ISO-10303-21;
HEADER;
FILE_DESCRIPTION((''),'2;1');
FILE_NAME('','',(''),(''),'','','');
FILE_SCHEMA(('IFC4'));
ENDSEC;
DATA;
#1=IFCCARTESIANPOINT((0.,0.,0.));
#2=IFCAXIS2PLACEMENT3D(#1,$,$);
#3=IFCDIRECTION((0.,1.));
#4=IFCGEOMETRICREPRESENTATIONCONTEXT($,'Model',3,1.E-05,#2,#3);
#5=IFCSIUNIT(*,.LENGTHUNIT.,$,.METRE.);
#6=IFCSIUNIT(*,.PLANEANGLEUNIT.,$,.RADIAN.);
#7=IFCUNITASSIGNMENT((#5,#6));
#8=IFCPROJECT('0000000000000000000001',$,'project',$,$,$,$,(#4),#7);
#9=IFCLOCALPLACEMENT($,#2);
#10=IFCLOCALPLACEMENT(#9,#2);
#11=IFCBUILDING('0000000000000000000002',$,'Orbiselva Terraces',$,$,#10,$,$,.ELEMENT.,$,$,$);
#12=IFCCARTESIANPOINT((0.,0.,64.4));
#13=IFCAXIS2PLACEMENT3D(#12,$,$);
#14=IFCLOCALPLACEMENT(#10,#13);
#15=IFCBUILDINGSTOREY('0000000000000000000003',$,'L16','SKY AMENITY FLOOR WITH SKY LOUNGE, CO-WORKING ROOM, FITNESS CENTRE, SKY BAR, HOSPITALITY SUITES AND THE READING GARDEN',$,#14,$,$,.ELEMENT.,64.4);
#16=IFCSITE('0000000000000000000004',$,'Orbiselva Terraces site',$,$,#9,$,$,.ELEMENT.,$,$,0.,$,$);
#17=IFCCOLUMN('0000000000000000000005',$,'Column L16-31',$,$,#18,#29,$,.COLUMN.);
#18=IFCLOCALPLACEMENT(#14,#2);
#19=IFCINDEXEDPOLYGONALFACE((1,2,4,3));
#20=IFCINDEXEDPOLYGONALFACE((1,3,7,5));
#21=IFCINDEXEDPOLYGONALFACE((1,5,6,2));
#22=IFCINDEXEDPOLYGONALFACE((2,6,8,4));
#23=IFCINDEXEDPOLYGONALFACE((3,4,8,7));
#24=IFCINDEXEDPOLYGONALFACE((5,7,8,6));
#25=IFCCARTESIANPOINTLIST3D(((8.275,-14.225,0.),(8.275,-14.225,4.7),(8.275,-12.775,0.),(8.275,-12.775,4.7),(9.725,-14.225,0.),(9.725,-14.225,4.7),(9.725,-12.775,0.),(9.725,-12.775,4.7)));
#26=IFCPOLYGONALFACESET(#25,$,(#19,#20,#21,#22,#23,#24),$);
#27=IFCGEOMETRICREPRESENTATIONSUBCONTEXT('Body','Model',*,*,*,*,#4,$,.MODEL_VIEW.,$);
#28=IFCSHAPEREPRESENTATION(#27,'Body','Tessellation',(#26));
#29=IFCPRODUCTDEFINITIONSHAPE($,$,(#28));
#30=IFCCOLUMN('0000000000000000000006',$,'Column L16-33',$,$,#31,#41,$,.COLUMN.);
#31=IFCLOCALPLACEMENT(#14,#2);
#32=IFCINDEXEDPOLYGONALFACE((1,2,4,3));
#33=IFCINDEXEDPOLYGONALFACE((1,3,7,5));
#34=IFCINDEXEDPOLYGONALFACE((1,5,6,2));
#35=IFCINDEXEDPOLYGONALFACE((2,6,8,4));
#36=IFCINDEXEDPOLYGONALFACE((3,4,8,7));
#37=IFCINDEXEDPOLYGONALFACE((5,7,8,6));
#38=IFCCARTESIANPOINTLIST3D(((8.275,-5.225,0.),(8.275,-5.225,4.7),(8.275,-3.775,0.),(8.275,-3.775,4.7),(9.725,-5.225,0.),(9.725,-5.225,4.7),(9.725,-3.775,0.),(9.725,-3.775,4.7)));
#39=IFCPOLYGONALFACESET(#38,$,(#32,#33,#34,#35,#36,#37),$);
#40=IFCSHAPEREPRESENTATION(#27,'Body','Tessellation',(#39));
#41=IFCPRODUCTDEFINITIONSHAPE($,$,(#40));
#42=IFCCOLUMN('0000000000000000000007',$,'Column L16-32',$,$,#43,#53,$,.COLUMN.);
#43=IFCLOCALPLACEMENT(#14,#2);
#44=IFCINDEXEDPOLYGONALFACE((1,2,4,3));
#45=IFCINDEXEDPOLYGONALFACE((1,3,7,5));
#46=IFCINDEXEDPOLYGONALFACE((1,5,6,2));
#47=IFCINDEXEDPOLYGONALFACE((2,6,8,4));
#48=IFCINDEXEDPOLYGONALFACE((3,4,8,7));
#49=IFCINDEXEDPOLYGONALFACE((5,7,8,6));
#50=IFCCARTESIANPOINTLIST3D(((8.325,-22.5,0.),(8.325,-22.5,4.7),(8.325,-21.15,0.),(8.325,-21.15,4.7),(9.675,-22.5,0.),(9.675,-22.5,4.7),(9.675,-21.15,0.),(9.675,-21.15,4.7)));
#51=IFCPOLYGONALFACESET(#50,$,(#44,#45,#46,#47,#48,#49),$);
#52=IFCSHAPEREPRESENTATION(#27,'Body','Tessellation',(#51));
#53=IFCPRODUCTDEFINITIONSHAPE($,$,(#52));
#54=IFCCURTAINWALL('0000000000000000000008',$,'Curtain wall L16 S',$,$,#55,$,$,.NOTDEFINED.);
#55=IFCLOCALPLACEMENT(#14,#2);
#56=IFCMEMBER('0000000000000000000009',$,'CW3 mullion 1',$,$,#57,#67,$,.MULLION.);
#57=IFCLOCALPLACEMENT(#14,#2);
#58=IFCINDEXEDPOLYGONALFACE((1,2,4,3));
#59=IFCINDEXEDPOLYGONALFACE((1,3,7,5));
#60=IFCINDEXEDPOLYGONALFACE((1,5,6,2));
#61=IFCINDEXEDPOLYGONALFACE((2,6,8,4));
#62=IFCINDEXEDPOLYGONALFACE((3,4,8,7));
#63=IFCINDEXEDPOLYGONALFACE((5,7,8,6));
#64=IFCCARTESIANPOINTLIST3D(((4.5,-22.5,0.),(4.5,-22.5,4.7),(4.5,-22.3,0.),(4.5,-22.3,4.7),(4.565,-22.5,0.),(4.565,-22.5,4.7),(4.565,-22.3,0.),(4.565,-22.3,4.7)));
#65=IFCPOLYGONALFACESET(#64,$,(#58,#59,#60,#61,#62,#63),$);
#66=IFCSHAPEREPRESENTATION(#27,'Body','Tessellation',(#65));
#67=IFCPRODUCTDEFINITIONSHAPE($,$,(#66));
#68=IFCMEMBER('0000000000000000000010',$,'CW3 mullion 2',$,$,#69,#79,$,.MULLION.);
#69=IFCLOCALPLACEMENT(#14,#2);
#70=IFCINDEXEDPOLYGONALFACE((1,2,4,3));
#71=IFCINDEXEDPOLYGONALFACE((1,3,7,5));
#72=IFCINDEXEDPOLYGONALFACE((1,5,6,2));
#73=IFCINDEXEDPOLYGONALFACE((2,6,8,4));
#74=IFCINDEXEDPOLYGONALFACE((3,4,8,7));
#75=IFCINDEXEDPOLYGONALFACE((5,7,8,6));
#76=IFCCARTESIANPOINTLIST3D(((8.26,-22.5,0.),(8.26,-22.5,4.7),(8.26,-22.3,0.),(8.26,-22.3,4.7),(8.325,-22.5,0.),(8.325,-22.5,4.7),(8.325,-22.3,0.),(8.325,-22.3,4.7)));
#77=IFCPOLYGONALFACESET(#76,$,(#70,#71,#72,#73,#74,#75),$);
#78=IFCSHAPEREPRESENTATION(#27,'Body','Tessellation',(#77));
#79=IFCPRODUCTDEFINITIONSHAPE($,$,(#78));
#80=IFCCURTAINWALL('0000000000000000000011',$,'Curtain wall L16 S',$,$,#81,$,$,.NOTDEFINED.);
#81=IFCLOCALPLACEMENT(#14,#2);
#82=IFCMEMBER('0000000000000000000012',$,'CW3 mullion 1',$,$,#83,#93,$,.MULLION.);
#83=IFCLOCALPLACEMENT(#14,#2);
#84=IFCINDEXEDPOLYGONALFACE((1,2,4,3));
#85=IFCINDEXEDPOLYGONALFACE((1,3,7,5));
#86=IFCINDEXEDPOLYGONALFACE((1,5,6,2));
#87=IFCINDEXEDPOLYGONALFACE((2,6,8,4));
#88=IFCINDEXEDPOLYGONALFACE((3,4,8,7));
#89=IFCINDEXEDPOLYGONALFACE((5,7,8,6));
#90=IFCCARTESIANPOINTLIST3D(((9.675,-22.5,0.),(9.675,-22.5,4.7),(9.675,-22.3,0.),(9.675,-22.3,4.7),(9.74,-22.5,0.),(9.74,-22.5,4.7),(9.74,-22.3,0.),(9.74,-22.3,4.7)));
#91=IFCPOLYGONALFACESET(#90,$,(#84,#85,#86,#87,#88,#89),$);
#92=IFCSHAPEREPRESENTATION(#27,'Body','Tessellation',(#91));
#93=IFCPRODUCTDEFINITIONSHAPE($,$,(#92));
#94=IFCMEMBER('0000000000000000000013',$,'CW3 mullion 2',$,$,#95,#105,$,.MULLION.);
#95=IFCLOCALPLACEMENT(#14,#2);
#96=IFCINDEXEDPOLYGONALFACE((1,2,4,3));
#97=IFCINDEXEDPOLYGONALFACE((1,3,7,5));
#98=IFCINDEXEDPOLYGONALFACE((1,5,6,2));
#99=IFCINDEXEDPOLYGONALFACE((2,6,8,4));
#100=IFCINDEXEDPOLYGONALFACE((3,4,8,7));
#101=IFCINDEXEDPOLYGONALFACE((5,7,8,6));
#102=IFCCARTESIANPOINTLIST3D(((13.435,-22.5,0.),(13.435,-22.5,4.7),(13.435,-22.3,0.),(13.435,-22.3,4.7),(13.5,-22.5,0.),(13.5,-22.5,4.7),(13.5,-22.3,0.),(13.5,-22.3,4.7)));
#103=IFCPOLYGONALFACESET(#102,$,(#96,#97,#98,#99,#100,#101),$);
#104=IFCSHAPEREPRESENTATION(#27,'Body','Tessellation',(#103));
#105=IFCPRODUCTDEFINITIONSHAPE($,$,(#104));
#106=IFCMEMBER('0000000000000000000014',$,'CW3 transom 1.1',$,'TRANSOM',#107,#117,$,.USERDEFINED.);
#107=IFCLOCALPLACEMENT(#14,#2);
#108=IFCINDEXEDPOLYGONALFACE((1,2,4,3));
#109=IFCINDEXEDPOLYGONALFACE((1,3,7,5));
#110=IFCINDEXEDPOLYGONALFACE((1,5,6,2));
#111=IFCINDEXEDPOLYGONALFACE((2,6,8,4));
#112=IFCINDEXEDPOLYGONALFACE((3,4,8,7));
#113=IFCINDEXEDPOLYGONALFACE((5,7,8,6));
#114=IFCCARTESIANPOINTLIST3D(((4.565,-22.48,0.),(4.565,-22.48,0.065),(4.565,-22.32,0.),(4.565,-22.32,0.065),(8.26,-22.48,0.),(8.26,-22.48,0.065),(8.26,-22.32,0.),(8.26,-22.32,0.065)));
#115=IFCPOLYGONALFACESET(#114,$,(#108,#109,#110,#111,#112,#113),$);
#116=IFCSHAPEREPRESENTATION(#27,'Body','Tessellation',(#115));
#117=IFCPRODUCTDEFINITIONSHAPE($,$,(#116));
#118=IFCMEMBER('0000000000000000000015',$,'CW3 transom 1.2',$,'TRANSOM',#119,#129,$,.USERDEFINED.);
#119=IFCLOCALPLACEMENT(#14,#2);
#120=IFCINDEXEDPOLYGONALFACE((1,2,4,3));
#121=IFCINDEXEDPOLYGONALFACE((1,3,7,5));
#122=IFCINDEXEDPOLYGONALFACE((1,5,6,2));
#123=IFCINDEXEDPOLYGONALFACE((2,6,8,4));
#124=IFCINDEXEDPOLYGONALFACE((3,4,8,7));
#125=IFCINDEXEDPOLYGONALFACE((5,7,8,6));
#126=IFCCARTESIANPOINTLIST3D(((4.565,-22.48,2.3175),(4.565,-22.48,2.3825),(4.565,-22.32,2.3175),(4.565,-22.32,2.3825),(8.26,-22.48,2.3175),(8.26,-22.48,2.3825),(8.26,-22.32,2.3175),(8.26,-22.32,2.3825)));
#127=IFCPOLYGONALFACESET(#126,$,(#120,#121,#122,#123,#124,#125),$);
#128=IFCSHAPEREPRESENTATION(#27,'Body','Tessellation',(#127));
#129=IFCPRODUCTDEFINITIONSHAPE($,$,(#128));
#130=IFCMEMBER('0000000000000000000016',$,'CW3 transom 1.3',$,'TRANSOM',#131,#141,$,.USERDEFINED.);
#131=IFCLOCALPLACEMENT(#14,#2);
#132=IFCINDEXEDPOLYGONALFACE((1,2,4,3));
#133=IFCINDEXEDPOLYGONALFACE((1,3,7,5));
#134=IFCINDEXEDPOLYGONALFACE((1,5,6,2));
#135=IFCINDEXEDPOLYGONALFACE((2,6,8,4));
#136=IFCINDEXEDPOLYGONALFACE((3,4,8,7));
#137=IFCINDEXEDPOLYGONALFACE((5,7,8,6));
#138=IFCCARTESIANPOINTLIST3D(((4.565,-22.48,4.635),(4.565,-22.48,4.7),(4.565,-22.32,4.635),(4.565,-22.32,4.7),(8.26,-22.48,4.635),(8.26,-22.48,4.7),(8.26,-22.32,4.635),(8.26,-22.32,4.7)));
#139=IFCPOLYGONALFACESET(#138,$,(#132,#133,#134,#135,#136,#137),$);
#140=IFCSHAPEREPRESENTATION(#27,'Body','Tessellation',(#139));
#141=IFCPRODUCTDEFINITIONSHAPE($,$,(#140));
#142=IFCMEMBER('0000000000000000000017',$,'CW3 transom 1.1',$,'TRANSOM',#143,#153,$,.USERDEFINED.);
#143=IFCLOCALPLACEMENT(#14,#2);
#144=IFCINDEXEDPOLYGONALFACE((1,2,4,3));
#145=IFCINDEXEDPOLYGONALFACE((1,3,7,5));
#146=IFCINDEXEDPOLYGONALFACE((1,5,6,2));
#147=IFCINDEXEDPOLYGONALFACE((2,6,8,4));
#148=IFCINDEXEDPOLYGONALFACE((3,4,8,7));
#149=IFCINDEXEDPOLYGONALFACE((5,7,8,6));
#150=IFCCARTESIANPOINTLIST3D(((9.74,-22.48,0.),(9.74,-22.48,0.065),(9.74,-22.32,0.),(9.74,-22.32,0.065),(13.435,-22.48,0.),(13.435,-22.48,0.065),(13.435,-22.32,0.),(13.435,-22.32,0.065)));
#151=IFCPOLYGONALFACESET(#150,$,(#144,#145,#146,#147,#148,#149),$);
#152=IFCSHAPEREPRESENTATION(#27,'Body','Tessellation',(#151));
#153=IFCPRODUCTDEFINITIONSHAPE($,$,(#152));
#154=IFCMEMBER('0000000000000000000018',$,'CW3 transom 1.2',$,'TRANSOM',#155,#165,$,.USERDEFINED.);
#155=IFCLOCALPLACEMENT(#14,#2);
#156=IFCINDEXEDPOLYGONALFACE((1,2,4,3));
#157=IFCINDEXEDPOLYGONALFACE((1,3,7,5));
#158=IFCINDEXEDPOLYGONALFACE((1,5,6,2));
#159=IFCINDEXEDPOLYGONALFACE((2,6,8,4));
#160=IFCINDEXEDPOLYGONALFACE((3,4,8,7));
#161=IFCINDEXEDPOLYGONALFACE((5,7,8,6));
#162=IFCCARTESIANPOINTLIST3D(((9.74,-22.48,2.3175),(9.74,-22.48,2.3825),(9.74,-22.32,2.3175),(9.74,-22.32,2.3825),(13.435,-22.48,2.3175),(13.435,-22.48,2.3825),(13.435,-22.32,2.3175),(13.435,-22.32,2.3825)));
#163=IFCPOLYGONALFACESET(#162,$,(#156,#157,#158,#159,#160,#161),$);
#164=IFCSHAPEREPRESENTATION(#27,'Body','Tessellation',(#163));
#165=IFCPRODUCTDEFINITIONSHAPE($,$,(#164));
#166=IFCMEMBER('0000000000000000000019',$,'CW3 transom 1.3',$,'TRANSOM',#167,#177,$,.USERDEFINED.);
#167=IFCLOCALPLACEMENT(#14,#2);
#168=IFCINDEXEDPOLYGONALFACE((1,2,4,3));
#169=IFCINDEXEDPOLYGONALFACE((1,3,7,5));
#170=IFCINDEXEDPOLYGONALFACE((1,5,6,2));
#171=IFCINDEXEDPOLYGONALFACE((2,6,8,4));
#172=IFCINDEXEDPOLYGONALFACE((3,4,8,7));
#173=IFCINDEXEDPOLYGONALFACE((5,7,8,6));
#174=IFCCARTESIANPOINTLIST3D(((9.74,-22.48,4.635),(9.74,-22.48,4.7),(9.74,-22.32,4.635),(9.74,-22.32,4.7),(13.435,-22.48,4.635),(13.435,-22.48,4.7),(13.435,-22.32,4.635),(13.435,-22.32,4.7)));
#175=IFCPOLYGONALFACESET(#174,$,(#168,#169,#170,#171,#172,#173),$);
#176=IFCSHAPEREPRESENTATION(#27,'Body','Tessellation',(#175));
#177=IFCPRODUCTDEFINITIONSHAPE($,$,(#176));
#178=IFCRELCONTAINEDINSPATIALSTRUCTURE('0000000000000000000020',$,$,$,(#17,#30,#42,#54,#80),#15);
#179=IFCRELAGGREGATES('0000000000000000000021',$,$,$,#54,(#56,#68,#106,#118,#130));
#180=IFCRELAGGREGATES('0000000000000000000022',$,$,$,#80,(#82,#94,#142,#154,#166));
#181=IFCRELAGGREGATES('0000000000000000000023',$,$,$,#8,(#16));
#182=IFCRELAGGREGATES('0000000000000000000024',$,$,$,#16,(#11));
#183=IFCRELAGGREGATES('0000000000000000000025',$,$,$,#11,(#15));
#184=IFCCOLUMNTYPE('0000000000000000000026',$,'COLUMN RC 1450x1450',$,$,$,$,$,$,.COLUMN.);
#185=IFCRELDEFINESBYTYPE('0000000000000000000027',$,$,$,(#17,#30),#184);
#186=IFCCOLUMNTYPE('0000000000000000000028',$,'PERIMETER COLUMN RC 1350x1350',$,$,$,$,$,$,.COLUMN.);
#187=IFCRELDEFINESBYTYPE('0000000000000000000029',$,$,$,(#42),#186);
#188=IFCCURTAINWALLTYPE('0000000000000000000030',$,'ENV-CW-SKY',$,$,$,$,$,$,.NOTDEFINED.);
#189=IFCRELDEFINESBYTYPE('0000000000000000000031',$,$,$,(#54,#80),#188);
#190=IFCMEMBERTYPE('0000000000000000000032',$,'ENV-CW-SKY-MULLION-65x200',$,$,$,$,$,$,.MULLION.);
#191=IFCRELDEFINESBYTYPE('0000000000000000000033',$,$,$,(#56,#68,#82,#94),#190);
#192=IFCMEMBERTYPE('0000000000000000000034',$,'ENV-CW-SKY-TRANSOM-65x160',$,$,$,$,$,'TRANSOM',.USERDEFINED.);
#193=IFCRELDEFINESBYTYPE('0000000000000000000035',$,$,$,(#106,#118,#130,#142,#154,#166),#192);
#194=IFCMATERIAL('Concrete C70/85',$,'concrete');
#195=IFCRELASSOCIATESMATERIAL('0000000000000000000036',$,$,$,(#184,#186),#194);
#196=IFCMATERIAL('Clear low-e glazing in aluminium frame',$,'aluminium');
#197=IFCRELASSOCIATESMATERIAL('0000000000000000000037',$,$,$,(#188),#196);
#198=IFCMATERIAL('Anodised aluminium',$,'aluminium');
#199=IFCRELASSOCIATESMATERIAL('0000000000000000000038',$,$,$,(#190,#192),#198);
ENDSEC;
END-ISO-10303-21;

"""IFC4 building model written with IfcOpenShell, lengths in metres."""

from ifc_helpers import new_model, si_unit, direction, frame, origin, origin_2d, place, context, subcontext, project, spatial, rectangle, extrude, material, material_profile, profile_set, type_object, element, aggregate, save


model = new_model("IFC4")

# Units and contexts
model_context = context("Model", 3, precision=1e-05, world=origin(), true_north=direction((0.0, 1.0)))
body_context = subcontext(model_context, "Body", "Model", "MODEL_VIEW")
ifc_project = project(units=[si_unit("LENGTHUNIT", "METRE"), si_unit("PLANEANGLEUNIT", "RADIAN")], contexts=[model_context])

# Site, building, storey
site_placement = place(None, origin())
site = spatial("IfcSite", under=ifc_project, at=site_placement, Name="Orbiselva Terraces site", CompositionType="ELEMENT", RefElevation=0.0)
building_placement = place(site_placement, origin())
building = spatial("IfcBuilding", under=site, at=building_placement, Name="Orbiselva Terraces", CompositionType="ELEMENT")
storey_placement = place(building_placement, frame((0.0, 0.0, 64.4)))
storey = spatial("IfcBuildingStorey", under=building, at=storey_placement, Name="L16", Description="SKY AMENITY FLOOR WITH SKY LOUNGE, CO-WORKING ROOM, FITNESS CENTRE, SKY BAR, HOSPITALITY SUITES AND THE READING GARDEN", CompositionType="ELEMENT", Elevation=64.4)

# Columns
ifc_material_1 = material(Name="Concrete C70/85", Category="concrete")
ifc_material_profile_1 = material_profile(ifc_material_1, rectangle(XDim=1.45, YDim=1.45, at=origin_2d()), Name="RC 1450x1450")
ifc_profile_set_1 = profile_set([ifc_material_profile_1], Name="Concrete C70/85")
column_type_1 = type_object("IfcColumnType", Name="COLUMN RC 1450x1450", PredefinedType="COLUMN", material=ifc_profile_set_1)
for number, where, z_axis, x_axis, name in (
    (1, (9.0, -13.5, 0.0), (0.0, 0.0, 1.0), (1.0, 0.0, 0.0), "Column L16-31"),
    (2, (9.0, -4.5, 0.0), (0.0, 0.0, 1.0), (1.0, 0.0, 0.0), "Column L16-33"),
):
    element("IfcColumn", number, at=place(storey_placement, frame(where, z_axis=z_axis, x_axis=x_axis)), inside=storey, type_object=column_type_1, Name=name, PredefinedType="COLUMN", context=body_context, shape_type="SweptSolid", body=[
        extrude(rectangle(XDim=1.45, YDim=1.45, at=origin_2d()), origin(), (0.0, 0.0, 1.0), 4.7),
    ])
ifc_material_profile_2 = material_profile(ifc_material_1, rectangle(XDim=1.35, YDim=1.35, at=origin_2d()), Name="RC 1350x1350")
ifc_profile_set_2 = profile_set([ifc_material_profile_2], Name="Concrete C70/85")
column_type_2 = type_object("IfcColumnType", Name="PERIMETER COLUMN RC 1350x1350", PredefinedType="COLUMN", material=ifc_profile_set_2)
column_placement = place(storey_placement, frame((9.0, -21.825, 0.0), z_axis=(0.0, 0.0, 1.0), x_axis=(1.0, 0.0, 0.0)))
element("IfcColumn", 3, at=column_placement, inside=storey, type_object=column_type_2, Name="Column L16-32", PredefinedType="COLUMN", context=body_context, shape_type="SweptSolid", body=[
    extrude(rectangle(XDim=1.35, YDim=1.35, at=origin_2d()), origin(), (0.0, 0.0, 1.0), 4.7),
])

# Curtain walls, members
ifc_material_2 = material(Name="Clear low-e glazing in aluminium frame", Category="aluminium")
curtain_wall_type = type_object("IfcCurtainWallType", Name="ENV-CW-SKY", PredefinedType="NOTDEFINED", material=ifc_material_2)
curtain_wall_1_placement = place(storey_placement, origin())
curtain_wall_1 = element("IfcCurtainWall", 4, at=curtain_wall_1_placement, inside=storey, type_object=curtain_wall_type, Name="Curtain wall L16 S", PredefinedType="NOTDEFINED")
ifc_material_3 = material(Name="Anodised aluminium", Category="aluminium")
ifc_material_profile_3 = material_profile(ifc_material_3, rectangle(XDim=0.2, YDim=0.065, at=origin_2d()), Name="AL 65x200")
ifc_profile_set_3 = profile_set([ifc_material_profile_3], Name="Anodised aluminium")
member_type_1 = type_object("IfcMemberType", Name="ENV-CW-SKY-MULLION-65x200", PredefinedType="MULLION", material=ifc_profile_set_3)
member_1_placement = place(storey_placement, frame((4.5325, -22.4, 0.0), z_axis=(0.0, 0.0, 1.0), x_axis=(0.0, 1.0, 0.0)))
member_1 = element("IfcMember", 5, at=member_1_placement, type_object=member_type_1, Name="CW3 mullion 1", PredefinedType="MULLION", context=body_context, shape_type="SweptSolid", body=[
    extrude(rectangle(XDim=0.2, YDim=0.065, at=origin_2d()), origin(), (0.0, 0.0, 1.0), 4.7),
])
member_2_placement = place(storey_placement, frame((8.2925, -22.4, 0.0), z_axis=(0.0, 0.0, 1.0), x_axis=(0.0, 1.0, 0.0)))
member_2 = element("IfcMember", 6, at=member_2_placement, type_object=member_type_1, Name="CW3 mullion 2", PredefinedType="MULLION", context=body_context, shape_type="SweptSolid", body=[
    extrude(rectangle(XDim=0.2, YDim=0.065, at=origin_2d()), origin(), (0.0, 0.0, 1.0), 4.7),
])
curtain_wall_2_placement = place(storey_placement, origin())
curtain_wall_2 = element("IfcCurtainWall", 7, at=curtain_wall_2_placement, inside=storey, type_object=curtain_wall_type, Name="Curtain wall L16 S", PredefinedType="NOTDEFINED")
member_3_placement = place(storey_placement, frame((9.7075, -22.4, 0.0), z_axis=(0.0, 0.0, 1.0), x_axis=(0.0, 1.0, 0.0)))
member_3 = element("IfcMember", 8, at=member_3_placement, type_object=member_type_1, Name="CW3 mullion 1", PredefinedType="MULLION", context=body_context, shape_type="SweptSolid", body=[
    extrude(rectangle(XDim=0.2, YDim=0.065, at=origin_2d()), origin(), (0.0, 0.0, 1.0), 4.7),
])
member_4_placement = place(storey_placement, frame((13.4675, -22.4, 0.0), z_axis=(0.0, 0.0, 1.0), x_axis=(0.0, 1.0, 0.0)))
member_4 = element("IfcMember", 9, at=member_4_placement, type_object=member_type_1, Name="CW3 mullion 2", PredefinedType="MULLION", context=body_context, shape_type="SweptSolid", body=[
    extrude(rectangle(XDim=0.2, YDim=0.065, at=origin_2d()), origin(), (0.0, 0.0, 1.0), 4.7),
])

# Members
ifc_material_profile_4 = material_profile(ifc_material_3, rectangle(XDim=0.16, YDim=0.065, at=origin_2d()), Name="AL 65x160")
ifc_profile_set_4 = profile_set([ifc_material_profile_4], Name="Anodised aluminium")
member_type_2 = type_object("IfcMemberType", Name="ENV-CW-SKY-TRANSOM-65x160", ElementType="TRANSOM", PredefinedType="USERDEFINED", material=ifc_profile_set_4)
member_5_placement = place(storey_placement, frame((4.565, -22.4, 0.0325), z_axis=(1.0, 0.0, 0.0), x_axis=(0.0, 1.0, 0.0)))
member_5 = element("IfcMember", 10, at=member_5_placement, type_object=member_type_2, Name="CW3 transom 1.1", ObjectType="TRANSOM", PredefinedType="USERDEFINED", context=body_context, shape_type="SweptSolid", body=[
    extrude(rectangle(XDim=0.16, YDim=0.065, at=origin_2d()), origin(), (0.0, 0.0, 1.0), 3.695),
])
member_6_placement = place(storey_placement, frame((4.565, -22.4, 2.35), z_axis=(1.0, 0.0, 0.0), x_axis=(0.0, 1.0, 0.0)))
member_6 = element("IfcMember", 11, at=member_6_placement, type_object=member_type_2, Name="CW3 transom 1.2", ObjectType="TRANSOM", PredefinedType="USERDEFINED", context=body_context, shape_type="SweptSolid", body=[
    extrude(rectangle(XDim=0.16, YDim=0.065, at=origin_2d()), origin(), (0.0, 0.0, 1.0), 3.695),
])
member_7_placement = place(storey_placement, frame((4.565, -22.4, 4.6675), z_axis=(1.0, 0.0, 0.0), x_axis=(0.0, 1.0, 0.0)))
member_7 = element("IfcMember", 12, at=member_7_placement, type_object=member_type_2, Name="CW3 transom 1.3", ObjectType="TRANSOM", PredefinedType="USERDEFINED", context=body_context, shape_type="SweptSolid", body=[
    extrude(rectangle(XDim=0.16, YDim=0.065, at=origin_2d()), origin(), (0.0, 0.0, 1.0), 3.695),
])
member_8_placement = place(storey_placement, frame((9.74, -22.4, 0.0325), z_axis=(1.0, 0.0, 0.0), x_axis=(0.0, 1.0, 0.0)))
member_8 = element("IfcMember", 13, at=member_8_placement, type_object=member_type_2, Name="CW3 transom 1.1", ObjectType="TRANSOM", PredefinedType="USERDEFINED", context=body_context, shape_type="SweptSolid", body=[
    extrude(rectangle(XDim=0.16, YDim=0.065, at=origin_2d()), origin(), (0.0, 0.0, 1.0), 3.695),
])
member_9_placement = place(storey_placement, frame((9.74, -22.4, 2.35), z_axis=(1.0, 0.0, 0.0), x_axis=(0.0, 1.0, 0.0)))
member_9 = element("IfcMember", 14, at=member_9_placement, type_object=member_type_2, Name="CW3 transom 1.2", ObjectType="TRANSOM", PredefinedType="USERDEFINED", context=body_context, shape_type="SweptSolid", body=[
    extrude(rectangle(XDim=0.16, YDim=0.065, at=origin_2d()), origin(), (0.0, 0.0, 1.0), 3.695),
])
member_10_placement = place(storey_placement, frame((9.74, -22.4, 4.6675), z_axis=(1.0, 0.0, 0.0), x_axis=(0.0, 1.0, 0.0)))
member_10 = element("IfcMember", 15, at=member_10_placement, type_object=member_type_2, Name="CW3 transom 1.3", ObjectType="TRANSOM", PredefinedType="USERDEFINED", context=body_context, shape_type="SweptSolid", body=[
    extrude(rectangle(XDim=0.16, YDim=0.065, at=origin_2d()), origin(), (0.0, 0.0, 1.0), 3.695),
])

aggregate(curtain_wall_1, [member_1, member_2, member_5, member_6, member_7])
aggregate(curtain_wall_2, [member_3, member_4, member_8, member_9, member_10])

save(model, "model.ifc")
